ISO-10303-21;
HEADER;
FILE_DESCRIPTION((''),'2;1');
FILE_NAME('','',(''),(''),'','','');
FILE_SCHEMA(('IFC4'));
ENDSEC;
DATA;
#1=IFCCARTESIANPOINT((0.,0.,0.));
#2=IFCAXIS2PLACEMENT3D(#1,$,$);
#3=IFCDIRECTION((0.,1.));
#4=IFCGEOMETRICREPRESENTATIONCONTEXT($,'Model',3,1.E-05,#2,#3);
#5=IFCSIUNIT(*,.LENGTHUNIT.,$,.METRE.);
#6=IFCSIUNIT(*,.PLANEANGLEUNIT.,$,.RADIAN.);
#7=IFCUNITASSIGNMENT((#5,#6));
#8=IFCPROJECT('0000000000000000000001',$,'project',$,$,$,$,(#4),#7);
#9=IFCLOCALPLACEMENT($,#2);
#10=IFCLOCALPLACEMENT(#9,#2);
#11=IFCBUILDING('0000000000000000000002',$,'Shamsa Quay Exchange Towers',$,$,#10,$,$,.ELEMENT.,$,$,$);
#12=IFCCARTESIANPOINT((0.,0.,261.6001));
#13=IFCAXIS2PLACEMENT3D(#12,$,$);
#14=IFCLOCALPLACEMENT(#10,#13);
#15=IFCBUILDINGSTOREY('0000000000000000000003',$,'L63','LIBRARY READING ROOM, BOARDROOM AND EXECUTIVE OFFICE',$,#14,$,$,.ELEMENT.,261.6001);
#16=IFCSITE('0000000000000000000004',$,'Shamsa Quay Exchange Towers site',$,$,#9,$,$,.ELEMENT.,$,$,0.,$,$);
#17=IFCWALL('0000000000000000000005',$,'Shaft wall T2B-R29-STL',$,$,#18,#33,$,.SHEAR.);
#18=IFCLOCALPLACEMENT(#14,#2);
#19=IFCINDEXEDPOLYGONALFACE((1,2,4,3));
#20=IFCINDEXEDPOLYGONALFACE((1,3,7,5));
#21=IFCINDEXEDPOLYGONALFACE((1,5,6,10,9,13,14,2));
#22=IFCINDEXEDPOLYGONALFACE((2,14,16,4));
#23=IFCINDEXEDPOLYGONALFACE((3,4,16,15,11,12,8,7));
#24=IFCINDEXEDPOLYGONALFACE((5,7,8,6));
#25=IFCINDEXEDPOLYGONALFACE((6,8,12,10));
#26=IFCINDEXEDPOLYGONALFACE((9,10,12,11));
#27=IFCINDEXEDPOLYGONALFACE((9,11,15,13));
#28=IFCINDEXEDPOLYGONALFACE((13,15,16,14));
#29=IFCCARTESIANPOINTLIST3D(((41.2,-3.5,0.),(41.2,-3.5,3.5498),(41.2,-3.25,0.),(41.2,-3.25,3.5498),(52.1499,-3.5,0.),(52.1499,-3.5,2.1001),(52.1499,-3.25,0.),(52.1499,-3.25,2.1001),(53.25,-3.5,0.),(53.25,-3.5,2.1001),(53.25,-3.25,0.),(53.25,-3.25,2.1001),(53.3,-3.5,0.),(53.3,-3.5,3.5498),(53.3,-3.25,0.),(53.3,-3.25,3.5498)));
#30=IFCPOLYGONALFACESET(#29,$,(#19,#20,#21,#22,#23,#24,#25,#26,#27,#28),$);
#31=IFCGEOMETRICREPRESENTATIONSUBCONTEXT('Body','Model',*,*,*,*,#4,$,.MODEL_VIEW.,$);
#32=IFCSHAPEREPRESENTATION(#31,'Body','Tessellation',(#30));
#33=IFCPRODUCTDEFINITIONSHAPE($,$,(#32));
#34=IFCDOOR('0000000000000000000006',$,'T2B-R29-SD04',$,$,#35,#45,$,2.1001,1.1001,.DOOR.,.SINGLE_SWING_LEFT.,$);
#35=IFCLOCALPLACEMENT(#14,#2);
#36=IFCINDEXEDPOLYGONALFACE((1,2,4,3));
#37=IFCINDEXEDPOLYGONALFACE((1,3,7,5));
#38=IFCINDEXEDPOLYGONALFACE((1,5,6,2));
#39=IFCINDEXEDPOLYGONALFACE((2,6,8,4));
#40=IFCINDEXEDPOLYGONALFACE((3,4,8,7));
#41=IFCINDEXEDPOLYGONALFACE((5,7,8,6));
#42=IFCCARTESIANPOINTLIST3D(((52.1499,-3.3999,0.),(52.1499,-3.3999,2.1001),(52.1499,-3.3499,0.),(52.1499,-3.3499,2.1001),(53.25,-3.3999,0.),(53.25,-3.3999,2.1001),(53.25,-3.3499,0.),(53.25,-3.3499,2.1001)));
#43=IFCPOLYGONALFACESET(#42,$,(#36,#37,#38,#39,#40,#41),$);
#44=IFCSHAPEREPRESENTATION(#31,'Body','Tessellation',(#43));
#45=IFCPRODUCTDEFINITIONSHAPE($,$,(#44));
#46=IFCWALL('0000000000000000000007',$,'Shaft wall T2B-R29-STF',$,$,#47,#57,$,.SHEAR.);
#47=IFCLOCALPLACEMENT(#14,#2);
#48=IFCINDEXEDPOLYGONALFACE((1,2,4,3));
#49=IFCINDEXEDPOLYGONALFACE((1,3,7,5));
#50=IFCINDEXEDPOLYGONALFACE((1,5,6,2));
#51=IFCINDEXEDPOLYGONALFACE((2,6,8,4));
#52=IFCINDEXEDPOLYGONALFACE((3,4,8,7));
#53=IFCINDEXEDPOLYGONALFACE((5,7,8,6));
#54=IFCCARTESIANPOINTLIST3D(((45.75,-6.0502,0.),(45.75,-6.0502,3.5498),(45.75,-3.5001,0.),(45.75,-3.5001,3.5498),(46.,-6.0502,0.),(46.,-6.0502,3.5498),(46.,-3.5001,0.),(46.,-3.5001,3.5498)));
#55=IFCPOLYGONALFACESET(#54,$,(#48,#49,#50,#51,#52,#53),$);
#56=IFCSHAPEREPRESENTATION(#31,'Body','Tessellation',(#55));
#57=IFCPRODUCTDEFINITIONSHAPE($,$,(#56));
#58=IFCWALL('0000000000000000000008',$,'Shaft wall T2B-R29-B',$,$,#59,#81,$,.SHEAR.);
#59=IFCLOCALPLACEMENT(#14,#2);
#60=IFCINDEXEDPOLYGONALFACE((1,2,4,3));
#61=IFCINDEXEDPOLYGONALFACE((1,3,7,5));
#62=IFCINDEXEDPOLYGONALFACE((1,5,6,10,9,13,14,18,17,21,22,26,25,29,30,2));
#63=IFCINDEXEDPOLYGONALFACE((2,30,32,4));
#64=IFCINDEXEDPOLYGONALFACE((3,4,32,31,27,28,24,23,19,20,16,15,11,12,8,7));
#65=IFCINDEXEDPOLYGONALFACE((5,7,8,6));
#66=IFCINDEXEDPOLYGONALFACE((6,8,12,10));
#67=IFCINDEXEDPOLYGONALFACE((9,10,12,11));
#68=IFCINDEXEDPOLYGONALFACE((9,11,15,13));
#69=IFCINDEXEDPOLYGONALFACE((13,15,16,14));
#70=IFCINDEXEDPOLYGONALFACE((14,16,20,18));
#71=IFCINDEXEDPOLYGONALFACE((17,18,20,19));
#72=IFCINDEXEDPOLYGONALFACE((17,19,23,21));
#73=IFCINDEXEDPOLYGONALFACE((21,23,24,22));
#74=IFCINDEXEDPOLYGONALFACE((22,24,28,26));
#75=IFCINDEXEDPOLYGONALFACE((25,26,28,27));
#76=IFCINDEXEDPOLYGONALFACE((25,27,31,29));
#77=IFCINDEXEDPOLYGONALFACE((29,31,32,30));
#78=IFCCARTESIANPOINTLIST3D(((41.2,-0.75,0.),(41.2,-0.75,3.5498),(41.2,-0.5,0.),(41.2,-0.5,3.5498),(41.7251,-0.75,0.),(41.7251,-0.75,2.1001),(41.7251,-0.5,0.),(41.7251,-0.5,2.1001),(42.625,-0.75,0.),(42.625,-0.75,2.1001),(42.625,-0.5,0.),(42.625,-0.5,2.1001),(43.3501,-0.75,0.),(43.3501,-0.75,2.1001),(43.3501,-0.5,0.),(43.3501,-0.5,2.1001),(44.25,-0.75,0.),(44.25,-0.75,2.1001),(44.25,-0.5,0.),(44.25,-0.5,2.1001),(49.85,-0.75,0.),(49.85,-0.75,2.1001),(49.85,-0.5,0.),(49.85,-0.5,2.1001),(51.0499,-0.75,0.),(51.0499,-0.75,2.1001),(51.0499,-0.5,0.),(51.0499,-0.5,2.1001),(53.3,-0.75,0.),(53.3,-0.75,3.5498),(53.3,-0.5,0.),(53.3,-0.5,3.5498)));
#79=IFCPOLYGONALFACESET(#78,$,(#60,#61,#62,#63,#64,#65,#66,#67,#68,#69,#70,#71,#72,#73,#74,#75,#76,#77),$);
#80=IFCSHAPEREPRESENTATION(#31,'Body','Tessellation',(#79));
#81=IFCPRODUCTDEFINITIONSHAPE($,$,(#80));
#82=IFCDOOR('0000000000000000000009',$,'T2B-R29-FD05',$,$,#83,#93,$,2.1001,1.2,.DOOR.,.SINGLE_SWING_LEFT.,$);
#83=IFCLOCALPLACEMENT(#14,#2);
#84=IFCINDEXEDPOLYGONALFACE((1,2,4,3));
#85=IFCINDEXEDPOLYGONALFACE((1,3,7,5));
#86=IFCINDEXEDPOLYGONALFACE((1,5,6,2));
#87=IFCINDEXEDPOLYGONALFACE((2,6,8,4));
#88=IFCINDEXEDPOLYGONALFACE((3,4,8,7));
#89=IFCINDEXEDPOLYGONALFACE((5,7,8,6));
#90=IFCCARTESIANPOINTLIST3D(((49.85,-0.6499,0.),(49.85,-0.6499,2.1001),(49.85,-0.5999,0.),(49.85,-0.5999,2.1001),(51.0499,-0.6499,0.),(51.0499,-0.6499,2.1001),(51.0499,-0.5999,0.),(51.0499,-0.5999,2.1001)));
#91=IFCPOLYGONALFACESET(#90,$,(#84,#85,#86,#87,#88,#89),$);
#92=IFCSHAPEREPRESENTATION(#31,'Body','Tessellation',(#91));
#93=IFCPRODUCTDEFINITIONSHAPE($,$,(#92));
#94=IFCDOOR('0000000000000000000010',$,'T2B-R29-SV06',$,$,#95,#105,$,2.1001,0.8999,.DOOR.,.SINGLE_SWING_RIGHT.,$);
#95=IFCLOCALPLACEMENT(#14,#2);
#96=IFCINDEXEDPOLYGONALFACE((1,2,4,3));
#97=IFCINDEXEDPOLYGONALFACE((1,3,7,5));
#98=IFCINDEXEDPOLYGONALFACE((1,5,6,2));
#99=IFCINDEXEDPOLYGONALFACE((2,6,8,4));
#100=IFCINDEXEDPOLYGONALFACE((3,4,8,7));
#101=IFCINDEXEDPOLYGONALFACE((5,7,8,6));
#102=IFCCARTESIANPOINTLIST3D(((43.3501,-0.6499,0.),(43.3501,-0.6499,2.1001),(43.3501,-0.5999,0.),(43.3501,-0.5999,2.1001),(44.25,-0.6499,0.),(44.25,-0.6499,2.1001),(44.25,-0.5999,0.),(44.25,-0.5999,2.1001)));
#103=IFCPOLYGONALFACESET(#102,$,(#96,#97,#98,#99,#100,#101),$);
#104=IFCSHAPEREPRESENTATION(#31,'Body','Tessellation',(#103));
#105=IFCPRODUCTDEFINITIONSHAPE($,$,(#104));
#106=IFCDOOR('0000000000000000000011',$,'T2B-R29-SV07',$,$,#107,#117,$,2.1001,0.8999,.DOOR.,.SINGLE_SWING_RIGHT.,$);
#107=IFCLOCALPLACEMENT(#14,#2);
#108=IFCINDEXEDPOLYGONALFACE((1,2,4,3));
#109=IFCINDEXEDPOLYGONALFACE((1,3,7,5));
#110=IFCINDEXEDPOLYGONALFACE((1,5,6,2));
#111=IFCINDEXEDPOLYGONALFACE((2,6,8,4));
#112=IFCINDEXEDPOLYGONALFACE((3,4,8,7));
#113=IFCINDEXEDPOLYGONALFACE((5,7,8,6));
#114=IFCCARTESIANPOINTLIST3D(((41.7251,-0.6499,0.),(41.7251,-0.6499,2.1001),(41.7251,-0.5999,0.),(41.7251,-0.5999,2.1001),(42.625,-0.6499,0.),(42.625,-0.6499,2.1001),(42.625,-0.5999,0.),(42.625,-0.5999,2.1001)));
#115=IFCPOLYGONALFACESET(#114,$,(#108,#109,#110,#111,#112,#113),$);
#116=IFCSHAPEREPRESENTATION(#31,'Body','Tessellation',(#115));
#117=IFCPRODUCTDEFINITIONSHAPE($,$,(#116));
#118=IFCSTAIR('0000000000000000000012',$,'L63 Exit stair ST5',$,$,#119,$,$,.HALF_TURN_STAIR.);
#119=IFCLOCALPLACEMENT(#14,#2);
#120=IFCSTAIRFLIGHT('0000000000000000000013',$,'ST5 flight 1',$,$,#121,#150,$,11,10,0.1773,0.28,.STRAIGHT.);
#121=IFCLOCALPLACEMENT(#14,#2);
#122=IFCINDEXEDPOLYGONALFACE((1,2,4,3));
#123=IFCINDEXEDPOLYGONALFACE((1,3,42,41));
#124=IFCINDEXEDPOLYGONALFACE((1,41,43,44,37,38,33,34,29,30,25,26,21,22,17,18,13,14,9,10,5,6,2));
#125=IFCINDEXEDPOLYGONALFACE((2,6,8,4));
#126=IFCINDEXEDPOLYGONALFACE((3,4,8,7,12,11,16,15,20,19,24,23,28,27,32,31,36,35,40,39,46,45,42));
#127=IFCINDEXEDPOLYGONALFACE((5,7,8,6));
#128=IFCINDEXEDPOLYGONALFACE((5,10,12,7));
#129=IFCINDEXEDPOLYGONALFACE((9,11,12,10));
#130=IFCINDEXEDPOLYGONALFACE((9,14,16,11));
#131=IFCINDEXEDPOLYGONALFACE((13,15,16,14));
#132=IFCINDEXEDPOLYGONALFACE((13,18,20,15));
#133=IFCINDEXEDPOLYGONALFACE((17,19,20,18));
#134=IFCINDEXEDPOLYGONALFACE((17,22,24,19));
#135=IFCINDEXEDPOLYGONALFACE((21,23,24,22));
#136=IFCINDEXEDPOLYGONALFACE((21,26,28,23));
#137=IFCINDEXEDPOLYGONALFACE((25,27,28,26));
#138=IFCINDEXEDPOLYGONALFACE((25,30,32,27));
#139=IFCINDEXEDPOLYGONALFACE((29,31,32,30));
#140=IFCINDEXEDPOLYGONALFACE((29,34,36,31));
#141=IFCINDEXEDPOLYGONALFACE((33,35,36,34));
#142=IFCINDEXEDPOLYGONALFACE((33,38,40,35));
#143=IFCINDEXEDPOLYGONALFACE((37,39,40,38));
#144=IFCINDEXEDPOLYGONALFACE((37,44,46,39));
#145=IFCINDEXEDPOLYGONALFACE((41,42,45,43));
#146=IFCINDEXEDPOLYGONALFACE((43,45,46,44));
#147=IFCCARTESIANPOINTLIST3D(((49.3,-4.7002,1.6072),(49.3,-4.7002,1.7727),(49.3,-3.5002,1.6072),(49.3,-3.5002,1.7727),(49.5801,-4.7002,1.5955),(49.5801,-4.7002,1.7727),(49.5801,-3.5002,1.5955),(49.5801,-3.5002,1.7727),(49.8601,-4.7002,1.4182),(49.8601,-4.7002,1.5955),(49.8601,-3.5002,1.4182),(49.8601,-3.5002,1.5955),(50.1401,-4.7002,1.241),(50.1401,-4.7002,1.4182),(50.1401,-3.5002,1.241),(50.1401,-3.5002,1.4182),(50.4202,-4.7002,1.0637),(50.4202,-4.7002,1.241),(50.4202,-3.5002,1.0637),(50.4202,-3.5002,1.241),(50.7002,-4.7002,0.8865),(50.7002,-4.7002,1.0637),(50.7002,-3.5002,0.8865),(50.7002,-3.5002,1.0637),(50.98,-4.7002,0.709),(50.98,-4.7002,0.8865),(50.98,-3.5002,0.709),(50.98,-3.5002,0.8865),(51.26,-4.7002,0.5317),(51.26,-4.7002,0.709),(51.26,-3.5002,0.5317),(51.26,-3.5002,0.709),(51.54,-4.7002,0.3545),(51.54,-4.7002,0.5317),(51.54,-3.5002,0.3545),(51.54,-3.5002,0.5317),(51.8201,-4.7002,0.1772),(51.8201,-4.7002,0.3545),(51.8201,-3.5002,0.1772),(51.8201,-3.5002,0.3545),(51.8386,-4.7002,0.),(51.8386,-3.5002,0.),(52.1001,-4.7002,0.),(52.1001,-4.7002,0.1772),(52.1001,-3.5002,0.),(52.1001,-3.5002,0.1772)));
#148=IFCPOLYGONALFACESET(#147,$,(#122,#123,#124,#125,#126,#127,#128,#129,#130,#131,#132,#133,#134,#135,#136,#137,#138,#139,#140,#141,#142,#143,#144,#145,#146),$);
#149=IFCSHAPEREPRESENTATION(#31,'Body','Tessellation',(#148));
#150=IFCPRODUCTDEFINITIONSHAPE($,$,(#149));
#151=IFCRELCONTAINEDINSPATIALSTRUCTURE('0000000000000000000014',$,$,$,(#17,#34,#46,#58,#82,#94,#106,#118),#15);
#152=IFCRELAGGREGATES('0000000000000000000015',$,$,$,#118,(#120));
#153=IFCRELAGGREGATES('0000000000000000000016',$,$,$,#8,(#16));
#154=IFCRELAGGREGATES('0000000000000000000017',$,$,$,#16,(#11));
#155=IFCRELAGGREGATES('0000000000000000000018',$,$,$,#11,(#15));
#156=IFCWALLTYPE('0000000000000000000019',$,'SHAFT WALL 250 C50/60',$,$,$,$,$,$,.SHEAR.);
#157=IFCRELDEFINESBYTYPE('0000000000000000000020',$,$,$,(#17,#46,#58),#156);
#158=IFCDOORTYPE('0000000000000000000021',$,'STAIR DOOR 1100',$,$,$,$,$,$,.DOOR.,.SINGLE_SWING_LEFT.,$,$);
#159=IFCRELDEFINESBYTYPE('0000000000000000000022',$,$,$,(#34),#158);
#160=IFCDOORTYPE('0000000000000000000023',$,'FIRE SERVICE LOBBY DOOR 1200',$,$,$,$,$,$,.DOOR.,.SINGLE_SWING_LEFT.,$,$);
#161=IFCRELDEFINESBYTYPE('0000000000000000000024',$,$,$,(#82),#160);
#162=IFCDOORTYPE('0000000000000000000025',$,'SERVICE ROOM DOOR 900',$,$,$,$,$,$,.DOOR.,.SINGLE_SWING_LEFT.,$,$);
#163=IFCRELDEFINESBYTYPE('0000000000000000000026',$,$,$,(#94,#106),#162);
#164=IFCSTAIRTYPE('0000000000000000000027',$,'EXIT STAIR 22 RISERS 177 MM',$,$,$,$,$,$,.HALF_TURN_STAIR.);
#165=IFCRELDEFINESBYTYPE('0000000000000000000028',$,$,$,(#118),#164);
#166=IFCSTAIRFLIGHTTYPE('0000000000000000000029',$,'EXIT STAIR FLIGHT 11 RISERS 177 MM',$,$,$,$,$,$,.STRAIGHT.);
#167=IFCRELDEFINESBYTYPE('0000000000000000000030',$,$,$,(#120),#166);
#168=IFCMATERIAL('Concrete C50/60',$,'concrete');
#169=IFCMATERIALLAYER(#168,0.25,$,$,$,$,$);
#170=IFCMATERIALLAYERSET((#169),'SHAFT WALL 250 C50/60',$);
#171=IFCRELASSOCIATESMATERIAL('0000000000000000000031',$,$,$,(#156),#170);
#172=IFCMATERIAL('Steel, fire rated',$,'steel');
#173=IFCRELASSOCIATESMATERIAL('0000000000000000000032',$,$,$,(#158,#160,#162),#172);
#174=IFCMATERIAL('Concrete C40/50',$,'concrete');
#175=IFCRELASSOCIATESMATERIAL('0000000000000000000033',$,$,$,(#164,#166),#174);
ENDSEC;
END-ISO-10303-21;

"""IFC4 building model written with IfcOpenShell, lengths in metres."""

from ifc_helpers import new_model, si_unit, direction, frame, frame_2d, origin, place, context, subcontext, project, spatial, polyline, rectangle, outline, extrude, material, layer, layer_set, type_object, element, fill, aggregate, save


model = new_model("IFC4")

# Units and contexts
model_context = context("Model", 3, precision=1e-05, world=origin(), true_north=direction((0.0, 1.0)))
body_context = subcontext(model_context, "Body", "Model", "MODEL_VIEW")
ifc_project = project(units=[si_unit("LENGTHUNIT", "METRE"), si_unit("PLANEANGLEUNIT", "RADIAN")], contexts=[model_context])

# Site, building, storey
site_placement = place(None, origin())
site = spatial("IfcSite", under=ifc_project, at=site_placement, Name="Shamsa Quay Exchange Towers site", CompositionType="ELEMENT", RefElevation=0.0)
building_placement = place(site_placement, origin())
building = spatial("IfcBuilding", under=site, at=building_placement, Name="Shamsa Quay Exchange Towers", CompositionType="ELEMENT")
storey_placement = place(building_placement, frame((0.0, 0.0, 261.6001)))
storey = spatial("IfcBuildingStorey", under=building, at=storey_placement, Name="L63", Description="LIBRARY READING ROOM, BOARDROOM AND EXECUTIVE OFFICE", CompositionType="ELEMENT", Elevation=261.6001)

# Wall, opening, door
ifc_material_1 = material(Name="Steel, fire rated", Category="steel")
ifc_material_2 = material(Name="Concrete C50/60", Category="concrete")
ifc_layer_1 = layer(ifc_material_2, 0.25)
ifc_layer_set_1 = layer_set([ifc_layer_1], Name="SHAFT WALL 250 C50/60")
wall_type_1 = type_object("IfcWallType", Name="SHAFT WALL 250 C50/60", PredefinedType="SHEAR", material=ifc_layer_set_1)
wall_1_placement = place(storey_placement, frame((53.3, -3.375, 0.0), z_axis=(0.0, 0.0, 1.0), x_axis=(-1.0, 0.0, 0.0)))
wall_1 = element("IfcWall", 1, at=wall_1_placement, inside=storey, type_object=wall_type_1, Name="Shaft wall T2B-R29-STL", PredefinedType="SHEAR", context=body_context, shape_type="SweptSolid", body=[
    extrude(rectangle(XDim=12.1001, YDim=0.25, at=frame_2d((6.05, 0.0))), origin(), (0.0, 0.0, 1.0), 3.5498),
])
opening_1_placement = place(wall_1_placement, frame((0.05, 0.0, 0.0)))
opening_1 = element("IfcOpeningElement", 2, at=opening_1_placement, cuts=wall_1, PredefinedType="OPENING", context=body_context, shape_type="SweptSolid", body=[
    extrude(rectangle(XDim=1.1001, YDim=2.1001, at=frame_2d((0.55, 1.05))), frame((0.0, 0.135, 0.0), z_axis=(0.0, -1.0, 0.0), x_axis=(1.0, 0.0, 0.0)), (0.0, 0.0, 1.0), 0.27),
])
door_type_1 = type_object("IfcDoorType", Name="STAIR DOOR 1100", OperationType="SINGLE_SWING_LEFT", PredefinedType="DOOR", material=ifc_material_1)
door_1_placement = place(opening_1_placement, origin())
door_1 = element("IfcDoor", 3, at=door_1_placement, inside=storey, type_object=door_type_1, Name="T2B-R29-SD04", OperationType="SINGLE_SWING_LEFT", OverallHeight=2.1001, OverallWidth=1.1001, PredefinedType="DOOR", context=body_context, shape_type="SweptSolid", body=[
    extrude(rectangle(XDim=1.1001, YDim=2.1001, at=frame_2d((0.55, 1.05))), frame((0.0, 0.0249, 0.0), z_axis=(0.0, -1.0, 0.0), x_axis=(1.0, 0.0, 0.0)), (0.0, 0.0, 1.0), 0.05),
])
fill(opening_1, door_1)

# Wall
wall_2_placement = place(storey_placement, frame((45.875, -6.05, 0.0), z_axis=(0.0, 0.0, 1.0), x_axis=(0.0, 1.0, 0.0)))
element("IfcWall", 4, at=wall_2_placement, inside=storey, type_object=wall_type_1, Name="Shaft wall T2B-R29-STF", PredefinedType="SHEAR", context=body_context, shape_type="SweptSolid", body=[
    extrude(rectangle(XDim=2.55, YDim=0.25, at=frame_2d((1.2749, 0.0))), origin(), (0.0, 0.0, 1.0), 3.5498),
])

# Wall, openings, doors
wall_3_placement = place(storey_placement, frame((53.3, -0.625, 0.0), z_axis=(0.0, 0.0, 1.0), x_axis=(-1.0, 0.0, 0.0)))
wall_3 = element("IfcWall", 5, at=wall_3_placement, inside=storey, type_object=wall_type_1, Name="Shaft wall T2B-R29-B", PredefinedType="SHEAR", context=body_context, shape_type="SweptSolid", body=[
    extrude(rectangle(XDim=12.1001, YDim=0.25, at=frame_2d((6.05, 0.0))), origin(), (0.0, 0.0, 1.0), 3.5498),
])
opening_2_placement = place(wall_3_placement, frame((2.25, 0.0, 0.0)))
opening_2 = element("IfcOpeningElement", 6, at=opening_2_placement, cuts=wall_3, PredefinedType="OPENING", context=body_context, shape_type="SweptSolid", body=[
    extrude(rectangle(XDim=1.2, YDim=2.1001, at=frame_2d((0.6001, 1.05))), frame((0.0, 0.135, 0.0), z_axis=(0.0, -1.0, 0.0), x_axis=(1.0, 0.0, 0.0)), (0.0, 0.0, 1.0), 0.27),
])
opening_3_placement = place(wall_3_placement, frame((9.05, 0.0, 0.0)))
opening_3 = element("IfcOpeningElement", 7, at=opening_3_placement, cuts=wall_3, PredefinedType="OPENING", context=body_context, shape_type="SweptSolid", body=[
    extrude(rectangle(XDim=0.8999, YDim=2.1001, at=frame_2d((0.45, 1.05))), frame((0.0, 0.135, 0.0), z_axis=(0.0, -1.0, 0.0), x_axis=(1.0, 0.0, 0.0)), (0.0, 0.0, 1.0), 0.27),
])
opening_4_placement = place(wall_3_placement, frame((10.675, 0.0, 0.0)))
opening_4 = element("IfcOpeningElement", 8, at=opening_4_placement, cuts=wall_3, PredefinedType="OPENING", context=body_context, shape_type="SweptSolid", body=[
    extrude(rectangle(XDim=0.8999, YDim=2.1001, at=frame_2d((0.45, 1.05))), frame((0.0, 0.135, 0.0), z_axis=(0.0, -1.0, 0.0), x_axis=(1.0, 0.0, 0.0)), (0.0, 0.0, 1.0), 0.27),
])
door_type_2 = type_object("IfcDoorType", Name="FIRE SERVICE LOBBY DOOR 1200", OperationType="SINGLE_SWING_LEFT", PredefinedType="DOOR", material=ifc_material_1)
door_2_placement = place(opening_2_placement, origin())
door_2 = element("IfcDoor", 9, at=door_2_placement, inside=storey, type_object=door_type_2, Name="T2B-R29-FD05", OperationType="SINGLE_SWING_LEFT", OverallHeight=2.1001, OverallWidth=1.2, PredefinedType="DOOR", context=body_context, shape_type="SweptSolid", body=[
    extrude(rectangle(XDim=1.2, YDim=2.1001, at=frame_2d((0.6001, 1.05))), frame((0.0, 0.0249, 0.0), z_axis=(0.0, -1.0, 0.0), x_axis=(1.0, 0.0, 0.0)), (0.0, 0.0, 1.0), 0.05),
])
fill(opening_2, door_2)
door_type_3 = type_object("IfcDoorType", Name="SERVICE ROOM DOOR 900", OperationType="SINGLE_SWING_LEFT", PredefinedType="DOOR", material=ifc_material_1)
door_3_placement = place(opening_3_placement, origin())
door_3 = element("IfcDoor", 10, at=door_3_placement, inside=storey, type_object=door_type_3, Name="T2B-R29-SV06", OperationType="SINGLE_SWING_RIGHT", OverallHeight=2.1001, OverallWidth=0.8999, PredefinedType="DOOR", context=body_context, shape_type="SweptSolid", body=[
    extrude(rectangle(XDim=0.8999, YDim=2.1001, at=frame_2d((0.45, 1.05))), frame((0.0, 0.0249, 0.0), z_axis=(0.0, -1.0, 0.0), x_axis=(1.0, 0.0, 0.0)), (0.0, 0.0, 1.0), 0.05),
])
fill(opening_3, door_3)
door_4_placement = place(opening_4_placement, origin())
door_4 = element("IfcDoor", 11, at=door_4_placement, inside=storey, type_object=door_type_3, Name="T2B-R29-SV07", OperationType="SINGLE_SWING_RIGHT", OverallHeight=2.1001, OverallWidth=0.8999, PredefinedType="DOOR", context=body_context, shape_type="SweptSolid", body=[
    extrude(rectangle(XDim=0.8999, YDim=2.1001, at=frame_2d((0.45, 1.05))), frame((0.0, 0.0249, 0.0), z_axis=(0.0, -1.0, 0.0), x_axis=(1.0, 0.0, 0.0)), (0.0, 0.0, 1.0), 0.05),
])
fill(opening_4, door_4)

# Stair, stair flight
ifc_material_3 = material(Name="Concrete C40/50", Category="concrete")
stair_type = type_object("IfcStairType", Name="EXIT STAIR 22 RISERS 177 MM", PredefinedType="HALF_TURN_STAIR", material=ifc_material_3)
stair_placement = place(storey_placement, origin())
stair = element("IfcStair", 12, at=stair_placement, inside=storey, type_object=stair_type, Name="L63 Exit stair ST5", PredefinedType="HALF_TURN_STAIR")
stair_flight_type = type_object("IfcStairFlightType", Name="EXIT STAIR FLIGHT 11 RISERS 177 MM", PredefinedType="STRAIGHT", material=ifc_material_3)
stair_flight_1_placement = place(storey_placement, frame((52.1001, -4.1001, 0.0), z_axis=(0.0, 0.0, 1.0), x_axis=(-1.0, 0.0, 0.0)))
stair_flight_1 = element("IfcStairFlight", 13, at=stair_flight_1_placement, type_object=stair_flight_type, Name="ST5 flight 1", NumberOfRisers=11, NumberOfTreads=10, PredefinedType="STRAIGHT", RiserHeight=0.1773, TreadLength=0.28, context=body_context, shape_type="SweptSolid", body=[
    extrude(outline(polyline([(0.0, 0.0), (0.0, 0.1772), (0.28, 0.1772), (0.28, 0.3545), (0.5601, 0.3545), (0.5601, 0.5317), (0.8401, 0.5317), (0.8401, 0.709), (1.1201, 0.709), (1.1201, 0.8865), (1.3999, 0.8865), (1.3999, 1.0637), (1.6799, 1.0637), (1.6799, 1.241), (1.96, 1.241), (1.96, 1.4182), (2.24, 1.4182), (2.24, 1.5955), (2.52, 1.5955), (2.52, 1.7727), (2.8, 1.7727), (2.8, 1.95), (2.8, 1.6072), (0.2615, 0.0), (0.0, 0.0)])), frame((0.0, 0.6001, 0.0), z_axis=(0.0, -1.0, 0.0), x_axis=(1.0, 0.0, 0.0)), (0.0, 0.0, 1.0), 1.2),
])
aggregate(stair, [stair_flight_1])

save(model, "model.ifc")
